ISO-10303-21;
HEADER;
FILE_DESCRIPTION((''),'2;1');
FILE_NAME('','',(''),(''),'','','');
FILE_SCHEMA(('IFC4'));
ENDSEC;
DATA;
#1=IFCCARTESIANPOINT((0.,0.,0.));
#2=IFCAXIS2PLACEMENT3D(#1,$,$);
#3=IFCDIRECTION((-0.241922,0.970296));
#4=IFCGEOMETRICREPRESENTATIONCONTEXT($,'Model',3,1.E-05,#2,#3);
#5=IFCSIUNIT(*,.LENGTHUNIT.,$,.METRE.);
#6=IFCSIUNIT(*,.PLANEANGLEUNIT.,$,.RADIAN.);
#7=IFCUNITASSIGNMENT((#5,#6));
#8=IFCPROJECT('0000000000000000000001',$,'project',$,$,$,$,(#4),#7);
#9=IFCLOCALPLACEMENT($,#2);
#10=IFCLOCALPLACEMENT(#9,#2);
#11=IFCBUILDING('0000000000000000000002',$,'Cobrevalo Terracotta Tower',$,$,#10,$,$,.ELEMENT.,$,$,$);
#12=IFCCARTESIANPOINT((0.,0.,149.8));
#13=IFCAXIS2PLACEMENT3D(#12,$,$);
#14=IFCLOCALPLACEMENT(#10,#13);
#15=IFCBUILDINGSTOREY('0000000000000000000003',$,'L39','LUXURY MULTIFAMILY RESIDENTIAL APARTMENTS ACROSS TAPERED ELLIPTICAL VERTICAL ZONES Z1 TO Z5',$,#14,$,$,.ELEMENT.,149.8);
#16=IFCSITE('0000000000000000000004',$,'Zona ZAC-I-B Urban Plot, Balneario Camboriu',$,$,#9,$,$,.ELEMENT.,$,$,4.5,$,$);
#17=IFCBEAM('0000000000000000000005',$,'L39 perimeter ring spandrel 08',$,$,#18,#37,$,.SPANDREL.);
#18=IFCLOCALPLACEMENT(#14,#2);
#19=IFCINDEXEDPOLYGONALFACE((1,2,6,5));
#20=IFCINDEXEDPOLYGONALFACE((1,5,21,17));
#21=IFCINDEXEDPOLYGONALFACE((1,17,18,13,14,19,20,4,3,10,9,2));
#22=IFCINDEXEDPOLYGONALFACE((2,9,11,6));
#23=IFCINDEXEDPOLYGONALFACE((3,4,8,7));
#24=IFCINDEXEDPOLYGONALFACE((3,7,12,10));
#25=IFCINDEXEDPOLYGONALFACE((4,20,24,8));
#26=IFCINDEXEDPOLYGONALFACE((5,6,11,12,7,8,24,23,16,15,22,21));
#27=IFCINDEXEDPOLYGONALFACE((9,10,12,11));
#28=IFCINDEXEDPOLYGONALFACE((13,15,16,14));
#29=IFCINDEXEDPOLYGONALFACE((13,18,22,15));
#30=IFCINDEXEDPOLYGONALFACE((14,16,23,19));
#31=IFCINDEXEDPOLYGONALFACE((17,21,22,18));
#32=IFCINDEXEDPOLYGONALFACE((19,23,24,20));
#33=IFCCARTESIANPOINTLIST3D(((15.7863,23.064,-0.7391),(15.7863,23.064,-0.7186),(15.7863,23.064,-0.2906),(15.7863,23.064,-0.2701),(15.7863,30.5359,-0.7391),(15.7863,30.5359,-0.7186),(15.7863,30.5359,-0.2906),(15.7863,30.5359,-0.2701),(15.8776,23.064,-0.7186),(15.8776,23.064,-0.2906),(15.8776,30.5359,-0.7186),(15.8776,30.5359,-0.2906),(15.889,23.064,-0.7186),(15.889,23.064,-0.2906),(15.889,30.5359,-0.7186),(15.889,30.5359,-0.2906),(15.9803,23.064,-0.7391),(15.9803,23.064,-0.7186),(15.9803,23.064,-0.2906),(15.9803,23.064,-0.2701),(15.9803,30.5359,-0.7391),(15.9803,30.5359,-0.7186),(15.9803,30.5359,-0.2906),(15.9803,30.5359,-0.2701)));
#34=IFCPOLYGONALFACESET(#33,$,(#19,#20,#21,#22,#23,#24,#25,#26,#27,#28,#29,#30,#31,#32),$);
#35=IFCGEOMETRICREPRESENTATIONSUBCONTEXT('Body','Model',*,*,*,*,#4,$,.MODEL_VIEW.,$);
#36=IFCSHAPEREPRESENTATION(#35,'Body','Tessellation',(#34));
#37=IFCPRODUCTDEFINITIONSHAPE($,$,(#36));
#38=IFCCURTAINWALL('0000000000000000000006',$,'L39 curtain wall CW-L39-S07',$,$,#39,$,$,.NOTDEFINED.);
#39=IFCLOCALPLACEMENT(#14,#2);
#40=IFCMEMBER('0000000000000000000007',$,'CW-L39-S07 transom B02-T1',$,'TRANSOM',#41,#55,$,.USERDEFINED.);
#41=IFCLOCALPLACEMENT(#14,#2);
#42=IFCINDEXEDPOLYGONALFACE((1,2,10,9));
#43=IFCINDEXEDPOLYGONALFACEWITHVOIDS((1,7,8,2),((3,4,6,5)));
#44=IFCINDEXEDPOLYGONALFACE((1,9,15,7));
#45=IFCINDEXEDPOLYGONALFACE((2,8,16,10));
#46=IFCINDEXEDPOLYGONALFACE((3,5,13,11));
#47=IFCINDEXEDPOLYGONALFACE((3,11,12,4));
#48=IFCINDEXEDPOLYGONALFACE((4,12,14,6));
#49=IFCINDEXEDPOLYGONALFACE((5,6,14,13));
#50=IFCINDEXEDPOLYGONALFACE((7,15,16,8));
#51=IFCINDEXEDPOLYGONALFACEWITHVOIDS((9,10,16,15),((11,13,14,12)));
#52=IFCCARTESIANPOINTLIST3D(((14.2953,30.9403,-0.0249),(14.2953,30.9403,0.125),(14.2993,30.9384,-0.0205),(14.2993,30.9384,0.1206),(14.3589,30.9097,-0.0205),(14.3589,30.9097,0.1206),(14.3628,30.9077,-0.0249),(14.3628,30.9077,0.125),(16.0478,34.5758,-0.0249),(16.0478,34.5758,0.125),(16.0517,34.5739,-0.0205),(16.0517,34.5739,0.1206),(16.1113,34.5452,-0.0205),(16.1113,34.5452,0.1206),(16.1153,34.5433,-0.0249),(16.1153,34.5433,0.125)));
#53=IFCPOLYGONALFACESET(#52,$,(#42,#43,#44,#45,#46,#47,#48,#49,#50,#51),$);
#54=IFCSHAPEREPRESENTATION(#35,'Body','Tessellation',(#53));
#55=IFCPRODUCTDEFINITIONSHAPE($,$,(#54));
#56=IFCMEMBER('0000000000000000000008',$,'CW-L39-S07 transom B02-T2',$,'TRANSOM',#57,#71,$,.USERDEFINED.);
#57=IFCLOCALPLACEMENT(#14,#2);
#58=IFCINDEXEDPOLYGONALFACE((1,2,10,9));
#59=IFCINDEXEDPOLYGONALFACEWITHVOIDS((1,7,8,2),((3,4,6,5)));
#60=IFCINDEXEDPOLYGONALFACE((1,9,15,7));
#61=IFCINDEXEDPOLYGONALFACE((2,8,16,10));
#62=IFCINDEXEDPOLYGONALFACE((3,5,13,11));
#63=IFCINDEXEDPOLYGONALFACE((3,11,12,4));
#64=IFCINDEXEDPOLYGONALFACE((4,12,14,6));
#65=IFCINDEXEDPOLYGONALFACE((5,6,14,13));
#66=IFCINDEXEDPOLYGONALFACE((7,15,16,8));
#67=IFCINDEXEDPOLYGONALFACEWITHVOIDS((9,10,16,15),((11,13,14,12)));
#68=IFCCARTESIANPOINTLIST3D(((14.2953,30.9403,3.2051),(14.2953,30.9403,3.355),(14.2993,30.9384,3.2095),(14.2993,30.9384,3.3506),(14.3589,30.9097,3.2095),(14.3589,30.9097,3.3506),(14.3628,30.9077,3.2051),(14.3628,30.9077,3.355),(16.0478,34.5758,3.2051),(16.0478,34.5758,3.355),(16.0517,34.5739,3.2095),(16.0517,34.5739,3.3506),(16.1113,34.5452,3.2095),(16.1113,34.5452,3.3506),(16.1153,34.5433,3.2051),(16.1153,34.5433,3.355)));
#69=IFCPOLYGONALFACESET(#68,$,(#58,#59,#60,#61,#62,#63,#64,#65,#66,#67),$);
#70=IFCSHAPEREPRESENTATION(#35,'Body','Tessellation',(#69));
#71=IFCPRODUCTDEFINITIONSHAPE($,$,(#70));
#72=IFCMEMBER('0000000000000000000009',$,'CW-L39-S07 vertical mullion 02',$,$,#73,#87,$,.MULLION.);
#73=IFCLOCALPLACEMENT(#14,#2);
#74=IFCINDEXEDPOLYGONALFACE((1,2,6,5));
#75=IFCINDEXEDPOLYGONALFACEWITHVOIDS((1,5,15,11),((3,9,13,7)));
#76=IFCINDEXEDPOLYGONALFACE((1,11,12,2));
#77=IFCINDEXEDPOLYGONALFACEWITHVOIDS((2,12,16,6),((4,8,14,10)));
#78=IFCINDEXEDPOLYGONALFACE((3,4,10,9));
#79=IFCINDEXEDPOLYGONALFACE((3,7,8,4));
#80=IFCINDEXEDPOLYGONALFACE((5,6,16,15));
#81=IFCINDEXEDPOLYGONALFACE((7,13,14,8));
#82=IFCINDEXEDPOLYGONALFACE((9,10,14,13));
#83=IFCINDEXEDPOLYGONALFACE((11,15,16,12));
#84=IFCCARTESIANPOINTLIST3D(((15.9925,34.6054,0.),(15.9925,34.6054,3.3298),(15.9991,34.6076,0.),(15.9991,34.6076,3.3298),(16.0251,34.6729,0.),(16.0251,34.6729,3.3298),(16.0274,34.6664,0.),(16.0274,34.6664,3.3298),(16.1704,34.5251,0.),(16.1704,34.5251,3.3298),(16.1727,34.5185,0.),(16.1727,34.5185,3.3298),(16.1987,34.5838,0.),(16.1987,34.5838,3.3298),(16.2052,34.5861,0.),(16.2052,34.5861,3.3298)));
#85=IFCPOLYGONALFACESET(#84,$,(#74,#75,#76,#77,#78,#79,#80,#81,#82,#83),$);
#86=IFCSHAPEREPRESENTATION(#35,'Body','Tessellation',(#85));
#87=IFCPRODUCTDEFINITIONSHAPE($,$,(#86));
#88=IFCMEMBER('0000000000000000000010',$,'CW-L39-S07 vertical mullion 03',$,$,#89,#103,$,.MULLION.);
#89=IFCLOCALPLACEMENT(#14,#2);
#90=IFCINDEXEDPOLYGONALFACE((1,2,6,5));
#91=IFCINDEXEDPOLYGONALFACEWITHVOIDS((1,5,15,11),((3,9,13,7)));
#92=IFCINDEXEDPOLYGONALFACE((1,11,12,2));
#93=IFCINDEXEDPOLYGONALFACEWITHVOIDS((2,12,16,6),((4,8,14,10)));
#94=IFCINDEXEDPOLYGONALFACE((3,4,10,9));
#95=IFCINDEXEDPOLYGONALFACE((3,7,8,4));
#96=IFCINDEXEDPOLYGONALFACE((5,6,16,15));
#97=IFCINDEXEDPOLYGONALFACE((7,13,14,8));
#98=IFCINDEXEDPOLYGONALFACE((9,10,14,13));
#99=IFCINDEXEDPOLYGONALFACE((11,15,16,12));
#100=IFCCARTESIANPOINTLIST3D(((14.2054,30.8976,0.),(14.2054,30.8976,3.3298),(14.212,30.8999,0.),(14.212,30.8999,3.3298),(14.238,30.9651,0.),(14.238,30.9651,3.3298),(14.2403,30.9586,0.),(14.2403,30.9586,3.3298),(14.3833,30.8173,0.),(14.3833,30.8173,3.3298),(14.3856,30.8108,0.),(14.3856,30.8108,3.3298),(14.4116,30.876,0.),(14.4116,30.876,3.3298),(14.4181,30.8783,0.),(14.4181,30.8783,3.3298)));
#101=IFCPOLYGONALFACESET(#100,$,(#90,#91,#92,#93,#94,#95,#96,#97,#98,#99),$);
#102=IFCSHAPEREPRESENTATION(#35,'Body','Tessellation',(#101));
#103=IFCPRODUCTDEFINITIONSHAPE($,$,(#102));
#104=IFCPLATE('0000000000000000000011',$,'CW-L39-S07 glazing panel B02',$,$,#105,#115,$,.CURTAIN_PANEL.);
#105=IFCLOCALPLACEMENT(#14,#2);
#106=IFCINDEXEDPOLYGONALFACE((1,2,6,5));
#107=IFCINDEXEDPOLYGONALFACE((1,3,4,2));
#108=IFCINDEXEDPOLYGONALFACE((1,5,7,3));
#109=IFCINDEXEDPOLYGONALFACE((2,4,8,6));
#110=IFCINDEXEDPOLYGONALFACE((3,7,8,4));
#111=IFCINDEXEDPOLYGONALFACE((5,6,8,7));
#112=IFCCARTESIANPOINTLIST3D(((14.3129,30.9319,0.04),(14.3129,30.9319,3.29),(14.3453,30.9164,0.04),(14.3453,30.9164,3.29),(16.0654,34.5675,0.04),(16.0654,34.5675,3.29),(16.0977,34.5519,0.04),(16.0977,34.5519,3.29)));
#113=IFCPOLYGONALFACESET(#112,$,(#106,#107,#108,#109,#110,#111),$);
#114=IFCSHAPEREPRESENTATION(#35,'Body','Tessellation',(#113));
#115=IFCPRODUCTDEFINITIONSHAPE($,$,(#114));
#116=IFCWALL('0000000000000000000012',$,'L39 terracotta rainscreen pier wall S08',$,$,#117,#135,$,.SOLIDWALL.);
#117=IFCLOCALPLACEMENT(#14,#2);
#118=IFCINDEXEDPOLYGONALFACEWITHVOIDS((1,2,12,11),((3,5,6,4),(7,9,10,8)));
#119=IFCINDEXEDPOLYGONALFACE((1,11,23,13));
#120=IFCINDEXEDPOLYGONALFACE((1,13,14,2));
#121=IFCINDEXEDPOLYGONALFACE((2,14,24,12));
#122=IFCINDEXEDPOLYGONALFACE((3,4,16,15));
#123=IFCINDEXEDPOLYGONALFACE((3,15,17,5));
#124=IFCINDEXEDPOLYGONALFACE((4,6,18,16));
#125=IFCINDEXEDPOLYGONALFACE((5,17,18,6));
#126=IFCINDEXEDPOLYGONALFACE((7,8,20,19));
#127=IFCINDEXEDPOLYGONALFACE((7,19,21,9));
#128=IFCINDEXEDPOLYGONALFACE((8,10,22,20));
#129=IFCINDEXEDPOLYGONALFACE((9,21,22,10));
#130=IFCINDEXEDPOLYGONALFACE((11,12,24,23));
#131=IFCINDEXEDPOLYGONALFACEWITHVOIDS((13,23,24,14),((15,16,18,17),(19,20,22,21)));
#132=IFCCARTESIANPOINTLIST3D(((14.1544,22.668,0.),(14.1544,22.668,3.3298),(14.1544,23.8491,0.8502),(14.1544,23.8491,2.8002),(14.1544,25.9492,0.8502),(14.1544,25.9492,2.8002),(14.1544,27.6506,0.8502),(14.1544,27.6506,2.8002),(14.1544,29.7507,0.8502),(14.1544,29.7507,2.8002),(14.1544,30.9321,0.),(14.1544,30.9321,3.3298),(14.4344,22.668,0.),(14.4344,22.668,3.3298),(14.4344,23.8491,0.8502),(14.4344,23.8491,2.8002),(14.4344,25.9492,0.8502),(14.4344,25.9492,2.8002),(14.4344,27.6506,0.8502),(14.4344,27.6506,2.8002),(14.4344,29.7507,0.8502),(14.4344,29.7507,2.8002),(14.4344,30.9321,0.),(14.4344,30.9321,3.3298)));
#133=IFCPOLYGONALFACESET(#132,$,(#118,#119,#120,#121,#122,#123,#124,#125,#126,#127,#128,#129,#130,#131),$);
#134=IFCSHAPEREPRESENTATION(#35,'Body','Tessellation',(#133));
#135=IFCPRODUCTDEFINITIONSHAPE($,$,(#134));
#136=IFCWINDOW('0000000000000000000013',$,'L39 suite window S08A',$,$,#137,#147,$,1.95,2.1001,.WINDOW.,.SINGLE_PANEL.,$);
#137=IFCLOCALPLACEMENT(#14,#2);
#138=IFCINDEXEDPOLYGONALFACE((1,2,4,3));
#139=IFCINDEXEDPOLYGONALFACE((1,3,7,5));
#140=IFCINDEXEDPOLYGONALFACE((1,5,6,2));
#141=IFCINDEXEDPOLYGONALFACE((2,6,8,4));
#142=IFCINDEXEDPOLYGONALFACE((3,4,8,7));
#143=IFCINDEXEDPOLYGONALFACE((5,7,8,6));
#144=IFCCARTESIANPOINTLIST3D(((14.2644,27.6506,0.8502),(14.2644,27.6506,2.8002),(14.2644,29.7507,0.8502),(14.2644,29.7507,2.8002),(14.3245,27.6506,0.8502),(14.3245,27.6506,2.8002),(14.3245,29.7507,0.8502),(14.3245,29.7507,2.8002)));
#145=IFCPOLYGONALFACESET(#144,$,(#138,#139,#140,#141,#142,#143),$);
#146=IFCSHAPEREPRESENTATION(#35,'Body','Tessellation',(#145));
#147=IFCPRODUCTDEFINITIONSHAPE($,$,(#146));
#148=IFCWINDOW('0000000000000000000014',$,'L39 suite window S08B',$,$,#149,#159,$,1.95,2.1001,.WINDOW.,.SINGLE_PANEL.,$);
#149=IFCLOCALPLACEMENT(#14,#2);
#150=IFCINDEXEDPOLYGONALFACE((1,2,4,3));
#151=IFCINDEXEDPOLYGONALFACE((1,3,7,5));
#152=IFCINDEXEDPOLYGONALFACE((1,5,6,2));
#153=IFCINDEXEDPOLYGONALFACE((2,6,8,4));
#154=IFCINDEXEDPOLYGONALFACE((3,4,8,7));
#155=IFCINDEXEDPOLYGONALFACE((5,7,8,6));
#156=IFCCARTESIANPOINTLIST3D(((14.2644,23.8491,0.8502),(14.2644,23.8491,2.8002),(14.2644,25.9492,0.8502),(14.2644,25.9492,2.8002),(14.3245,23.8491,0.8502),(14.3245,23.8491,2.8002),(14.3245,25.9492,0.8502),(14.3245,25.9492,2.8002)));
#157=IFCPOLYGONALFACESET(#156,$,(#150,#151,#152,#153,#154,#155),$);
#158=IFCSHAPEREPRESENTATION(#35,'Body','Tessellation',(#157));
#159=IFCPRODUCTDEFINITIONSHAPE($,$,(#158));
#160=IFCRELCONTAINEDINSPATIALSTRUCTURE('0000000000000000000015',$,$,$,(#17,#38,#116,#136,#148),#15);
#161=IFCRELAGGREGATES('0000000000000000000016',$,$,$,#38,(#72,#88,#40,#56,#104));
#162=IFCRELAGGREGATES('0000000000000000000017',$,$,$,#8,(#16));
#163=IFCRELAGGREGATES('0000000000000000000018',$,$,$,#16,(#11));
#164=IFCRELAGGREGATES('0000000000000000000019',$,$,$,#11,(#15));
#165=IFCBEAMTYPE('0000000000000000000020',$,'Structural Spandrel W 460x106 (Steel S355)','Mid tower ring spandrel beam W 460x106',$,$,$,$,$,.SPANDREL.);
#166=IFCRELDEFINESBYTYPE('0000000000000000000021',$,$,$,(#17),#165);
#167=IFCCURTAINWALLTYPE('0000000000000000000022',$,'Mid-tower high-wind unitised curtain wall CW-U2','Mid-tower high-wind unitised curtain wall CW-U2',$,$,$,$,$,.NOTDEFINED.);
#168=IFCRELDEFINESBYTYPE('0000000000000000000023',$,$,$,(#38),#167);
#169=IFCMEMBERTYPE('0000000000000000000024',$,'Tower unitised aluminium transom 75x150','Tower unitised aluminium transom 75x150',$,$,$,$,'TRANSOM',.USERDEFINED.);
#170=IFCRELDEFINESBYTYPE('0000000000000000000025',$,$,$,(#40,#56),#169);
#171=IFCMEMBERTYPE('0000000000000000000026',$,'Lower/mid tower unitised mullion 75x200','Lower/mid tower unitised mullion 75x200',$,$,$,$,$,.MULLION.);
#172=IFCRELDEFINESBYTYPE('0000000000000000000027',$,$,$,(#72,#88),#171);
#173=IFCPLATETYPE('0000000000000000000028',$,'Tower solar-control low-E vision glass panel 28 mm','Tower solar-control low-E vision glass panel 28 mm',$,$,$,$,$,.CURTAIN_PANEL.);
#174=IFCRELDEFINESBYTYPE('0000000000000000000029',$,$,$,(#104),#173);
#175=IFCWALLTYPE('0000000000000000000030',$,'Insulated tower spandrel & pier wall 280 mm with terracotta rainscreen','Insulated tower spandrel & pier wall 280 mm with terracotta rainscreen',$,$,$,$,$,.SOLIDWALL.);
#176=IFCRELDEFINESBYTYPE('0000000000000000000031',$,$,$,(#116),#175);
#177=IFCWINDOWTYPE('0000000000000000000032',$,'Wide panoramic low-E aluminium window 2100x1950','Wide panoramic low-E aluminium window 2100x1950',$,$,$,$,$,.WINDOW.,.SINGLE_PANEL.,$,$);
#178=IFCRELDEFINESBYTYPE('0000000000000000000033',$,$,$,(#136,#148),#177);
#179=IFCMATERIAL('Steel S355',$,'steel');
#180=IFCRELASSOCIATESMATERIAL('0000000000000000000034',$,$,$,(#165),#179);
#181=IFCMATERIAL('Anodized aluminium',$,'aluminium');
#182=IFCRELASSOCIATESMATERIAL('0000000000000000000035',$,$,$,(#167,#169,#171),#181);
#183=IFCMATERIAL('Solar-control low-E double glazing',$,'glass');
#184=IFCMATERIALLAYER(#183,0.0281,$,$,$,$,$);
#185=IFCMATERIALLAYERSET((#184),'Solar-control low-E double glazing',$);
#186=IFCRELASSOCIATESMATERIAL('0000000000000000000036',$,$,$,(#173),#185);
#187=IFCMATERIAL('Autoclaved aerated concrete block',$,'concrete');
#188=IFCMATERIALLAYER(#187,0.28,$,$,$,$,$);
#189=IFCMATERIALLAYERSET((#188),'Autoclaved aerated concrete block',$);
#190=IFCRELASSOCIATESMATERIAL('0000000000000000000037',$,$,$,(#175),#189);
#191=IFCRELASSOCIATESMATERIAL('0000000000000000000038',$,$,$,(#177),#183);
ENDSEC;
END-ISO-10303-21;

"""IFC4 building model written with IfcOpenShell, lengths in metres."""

from ifc_helpers import new_model, si_unit, direction, frame, frame_2d, origin, origin_2d, place, context, subcontext, project, spatial, rectangle, hollow_rectangle, i_section, extrude, source, transform, mapped, material, layer, layer_set, material_profile, profile_set, type_object, element, fill, aggregate, save


model = new_model("IFC4")

# Units and contexts
model_context = context("Model", 3, precision=1e-05, world=origin(), true_north=direction((-0.241922, 0.970296)))
body_context = subcontext(model_context, "Body", "Model", "MODEL_VIEW")
ifc_project = project(units=[si_unit("LENGTHUNIT", "METRE"), si_unit("PLANEANGLEUNIT", "RADIAN")], contexts=[model_context])

# Site, building, storey
site_placement = place(None, origin())
site = spatial("IfcSite", under=ifc_project, at=site_placement, Name="Zona ZAC-I-B Urban Plot, Balneario Camboriu", CompositionType="ELEMENT", RefElevation=4.5)
building_placement = place(site_placement, origin())
building = spatial("IfcBuilding", under=site, at=building_placement, Name="Cobrevalo Terracotta Tower", CompositionType="ELEMENT")
storey_placement = place(building_placement, frame((0.0, 0.0, 149.8)))
storey = spatial("IfcBuildingStorey", under=building, at=storey_placement, Name="L39", Description="LUXURY MULTIFAMILY RESIDENTIAL APARTMENTS ACROSS TAPERED ELLIPTICAL VERTICAL ZONES Z1 TO Z5", CompositionType="ELEMENT", Elevation=149.8)

# Shared definitions
ifc_material_1 = material(Name="Steel S355", Category="steel")

# Beam
ifc_material_profile_1 = material_profile(ifc_material_1, i_section(OverallWidth=0.1941, OverallDepth=0.469, WebThickness=0.0115, FlangeThickness=0.0205, at=origin_2d()), Name="W 460x106")
ifc_profile_set_1 = profile_set([ifc_material_profile_1], Name="Steel S355")
beam_type_1 = type_object("IfcBeamType", Name="Structural Spandrel W 460x106 (Steel S355)", Description="Mid tower ring spandrel beam W 460x106", PredefinedType="SPANDREL", material=ifc_profile_set_1)
beam_1_placement = place(storey_placement, frame((15.8833, 30.5359, -0.5046), z_axis=(0.0, -1.0, 0.0), x_axis=(1.0, 0.0, 0.0)))
element("IfcBeam", 1, at=beam_1_placement, inside=storey, type_object=beam_type_1, Name="L39 perimeter ring spandrel 08", PredefinedType="SPANDREL", context=body_context, shape_type="SweptSolid", body=[
    extrude(i_section(OverallWidth=0.1941, OverallDepth=0.469, WebThickness=0.0115, FlangeThickness=0.0205, at=origin_2d()), origin(), (0.0, 0.0, 1.0), 7.4719),
])

# Curtain wall, members, plate
ifc_material_2 = material(Name="Anodized aluminium", Category="aluminium")
curtain_wall_type = type_object("IfcCurtainWallType", Name="Mid-tower high-wind unitised curtain wall CW-U2", Description="Mid-tower high-wind unitised curtain wall CW-U2", PredefinedType="NOTDEFINED", material=ifc_material_2)
curtain_wall_placement = place(storey_placement, origin())
curtain_wall = element("IfcCurtainWall", 2, at=curtain_wall_placement, inside=storey, type_object=curtain_wall_type, Name="L39 curtain wall CW-L39-S07", PredefinedType="NOTDEFINED")
ifc_material_profile_2 = material_profile(ifc_material_2, hollow_rectangle(XDim=0.075, YDim=0.1499, WallThickness=0.0044, at=origin_2d()), Name="CWT 75x150")
ifc_profile_set_2 = profile_set([ifc_material_profile_2], Name="Anodized aluminium")
member_type_1 = type_object("IfcMemberType", Name="Tower unitised aluminium transom 75x150", Description="Tower unitised aluminium transom 75x150", ElementType="TRANSOM", PredefinedType="USERDEFINED", material=ifc_profile_set_2)
shared_shape_1 = source(origin(), body_context, "Body", "SweptSolid", [
    extrude(hollow_rectangle(XDim=0.075, YDim=0.1499, WallThickness=0.0044, at=origin_2d()), origin(), (0.0, 0.0, 1.0), 4.0359),
])
member_1_placement = place(storey_placement, frame((16.0815, 34.5596, 0.05), z_axis=(-0.434221, -0.900806, 0.0), x_axis=(0.900806, -0.434221, 0.0)))
member_1 = element("IfcMember", 3, at=member_1_placement, type_object=member_type_1, Name="CW-L39-S07 transom B02-T1", ObjectType="TRANSOM", PredefinedType="USERDEFINED", context=body_context, shape_type="MappedRepresentation", body=[
    mapped(shared_shape_1, transform((0.0, 0.0, 0.0), scale=1.0)),
])
member_2_placement = place(storey_placement, frame((16.0815, 34.5596, 3.28), z_axis=(-0.434221, -0.900806, 0.0), x_axis=(0.900806, -0.434221, 0.0)))
member_2 = element("IfcMember", 4, at=member_2_placement, type_object=member_type_1, Name="CW-L39-S07 transom B02-T2", ObjectType="TRANSOM", PredefinedType="USERDEFINED", context=body_context, shape_type="MappedRepresentation", body=[
    mapped(shared_shape_1, transform((0.0, 0.0, 0.0), scale=1.0)),
])
ifc_material_profile_3 = material_profile(ifc_material_2, hollow_rectangle(XDim=0.075, YDim=0.2, WallThickness=0.0049, at=origin_2d()), Name="CWM 75x200")
ifc_profile_set_3 = profile_set([ifc_material_profile_3], Name="Anodized aluminium")
member_type_2 = type_object("IfcMemberType", Name="Lower/mid tower unitised mullion 75x200", Description="Lower/mid tower unitised mullion 75x200", PredefinedType="MULLION", material=ifc_profile_set_3)
shared_shape_2 = source(origin(), body_context, "Body", "SweptSolid", [
    extrude(hollow_rectangle(XDim=0.075, YDim=0.2, WallThickness=0.0049, at=origin_2d()), origin(), (0.0, 0.0, 1.0), 3.3298),
])
member_3_placement = place(storey_placement, frame((16.0989, 34.5957, 0.0), z_axis=(0.0, 0.0, 1.0), x_axis=(-0.434209, -0.900812, 0.0)))
member_3 = element("IfcMember", 5, at=member_3_placement, type_object=member_type_2, Name="CW-L39-S07 vertical mullion 02", PredefinedType="MULLION", context=body_context, shape_type="MappedRepresentation", body=[
    mapped(shared_shape_2, transform((0.0, 0.0, 0.0), scale=1.0)),
])
member_4_placement = place(storey_placement, frame((14.3118, 30.8879, 0.0), z_axis=(0.0, 0.0, 1.0), x_axis=(-0.434209, -0.900812, 0.0)))
member_4 = element("IfcMember", 6, at=member_4_placement, type_object=member_type_2, Name="CW-L39-S07 vertical mullion 03", PredefinedType="MULLION", context=body_context, shape_type="MappedRepresentation", body=[
    mapped(shared_shape_2, transform((0.0, 0.0, 0.0), scale=1.0)),
])
ifc_material_3 = material(Name="Solar-control low-E double glazing", Category="glass")
ifc_layer_1 = layer(ifc_material_3, 0.0281)
ifc_layer_set_1 = layer_set([ifc_layer_1], Name="Solar-control low-E double glazing")
plate_type = type_object("IfcPlateType", Name="Tower solar-control low-E vision glass panel 28 mm", Description="Tower solar-control low-E vision glass panel 28 mm", PredefinedType="CURTAIN_PANEL", material=ifc_layer_set_1)
shared_shape_3 = source(origin(), body_context, "Body", "SweptSolid", [
    extrude(rectangle(XDim=4.0359, YDim=0.0359, at=origin_2d()), origin(), (0.0, 0.0, 1.0), 3.25),
])
plate_placement = place(storey_placement, frame((15.2053, 32.7419, 0.04), z_axis=(0.0, 0.0, 1.0), x_axis=(-0.434209, -0.900812, 0.0)))
plate = element("IfcPlate", 7, at=plate_placement, type_object=plate_type, Name="CW-L39-S07 glazing panel B02", PredefinedType="CURTAIN_PANEL", context=body_context, shape_type="MappedRepresentation", body=[
    mapped(shared_shape_3, transform((0.0, 0.0, 0.0), scale=1.0)),
])
aggregate(curtain_wall, [member_3, member_4, member_1, member_2, plate])

# Wall, openings, windows
ifc_material_4 = material(Name="Autoclaved aerated concrete block", Category="concrete")
ifc_layer_2 = layer(ifc_material_4, 0.28)
ifc_layer_set_2 = layer_set([ifc_layer_2], Name="Autoclaved aerated concrete block")
wall_type_1 = type_object("IfcWallType", Name="Insulated tower spandrel & pier wall 280 mm with terracotta rainscreen", Description="Insulated tower spandrel & pier wall 280 mm with terracotta rainscreen", PredefinedType="SOLIDWALL", material=ifc_layer_set_2)
wall_1_placement = place(storey_placement, frame((14.2944, 30.9321, 0.0), z_axis=(0.0, 0.0, 1.0), x_axis=(0.0, -1.0, 0.0)))
wall_1 = element("IfcWall", 8, at=wall_1_placement, inside=storey, type_object=wall_type_1, Name="L39 terracotta rainscreen pier wall S08", PredefinedType="SOLIDWALL", context=body_context, shape_type="SweptSolid", body=[
    extrude(rectangle(XDim=8.2642, YDim=0.28, at=frame_2d((4.1321, 0.0))), origin(), (0.0, 0.0, 1.0), 3.3298),
])
opening_1_placement = place(wall_1_placement, frame((1.1814, 0.0, 0.8501)))
opening_1 = element("IfcOpeningElement", 9, at=opening_1_placement, cuts=wall_1, PredefinedType="OPENING", context=body_context, shape_type="SweptSolid", body=[
    extrude(rectangle(XDim=2.1001, YDim=1.95, at=frame_2d((1.05, 0.9751))), frame((0.0, 0.1499, 0.0), z_axis=(0.0, -1.0, 0.0), x_axis=(1.0, 0.0, 0.0)), (0.0, 0.0, 1.0), 0.3),
])
opening_2_placement = place(wall_1_placement, frame((4.9829, 0.0, 0.8501)))
opening_2 = element("IfcOpeningElement", 10, at=opening_2_placement, cuts=wall_1, PredefinedType="OPENING", context=body_context, shape_type="SweptSolid", body=[
    extrude(rectangle(XDim=2.1001, YDim=1.95, at=frame_2d((1.05, 0.9751))), frame((0.0, 0.1499, 0.0), z_axis=(0.0, -1.0, 0.0), x_axis=(1.0, 0.0, 0.0)), (0.0, 0.0, 1.0), 0.3),
])
window_type = type_object("IfcWindowType", Name="Wide panoramic low-E aluminium window 2100x1950", Description="Wide panoramic low-E aluminium window 2100x1950", PartitioningType="SINGLE_PANEL", PredefinedType="WINDOW", material=ifc_material_3)
shared_shape_4 = source(origin(), body_context, "Body", "SweptSolid", [
    extrude(rectangle(XDim=2.1001, YDim=1.95, at=frame_2d((1.05, 0.9751))), frame((0.0, 0.03, 0.0), z_axis=(0.0, -1.0, 0.0), x_axis=(1.0, 0.0, 0.0)), (0.0, 0.0, 1.0), 0.0601),
])
window_1_placement = place(opening_1_placement, origin())
window_1 = element("IfcWindow", 11, at=window_1_placement, inside=storey, type_object=window_type, Name="L39 suite window S08A", OverallHeight=1.95, OverallWidth=2.1001, PartitioningType="SINGLE_PANEL", PredefinedType="WINDOW", context=body_context, shape_type="MappedRepresentation", body=[
    mapped(shared_shape_4, transform((0.0, 0.0, 0.0), scale=1.0)),
])
fill(opening_1, window_1)
window_2_placement = place(opening_2_placement, origin())
window_2 = element("IfcWindow", 12, at=window_2_placement, inside=storey, type_object=window_type, Name="L39 suite window S08B", OverallHeight=1.95, OverallWidth=2.1001, PartitioningType="SINGLE_PANEL", PredefinedType="WINDOW", context=body_context, shape_type="MappedRepresentation", body=[
    mapped(shared_shape_4, transform((0.0, 0.0, 0.0), scale=1.0)),
])
fill(opening_2, window_2)

save(model, "model.ifc")
